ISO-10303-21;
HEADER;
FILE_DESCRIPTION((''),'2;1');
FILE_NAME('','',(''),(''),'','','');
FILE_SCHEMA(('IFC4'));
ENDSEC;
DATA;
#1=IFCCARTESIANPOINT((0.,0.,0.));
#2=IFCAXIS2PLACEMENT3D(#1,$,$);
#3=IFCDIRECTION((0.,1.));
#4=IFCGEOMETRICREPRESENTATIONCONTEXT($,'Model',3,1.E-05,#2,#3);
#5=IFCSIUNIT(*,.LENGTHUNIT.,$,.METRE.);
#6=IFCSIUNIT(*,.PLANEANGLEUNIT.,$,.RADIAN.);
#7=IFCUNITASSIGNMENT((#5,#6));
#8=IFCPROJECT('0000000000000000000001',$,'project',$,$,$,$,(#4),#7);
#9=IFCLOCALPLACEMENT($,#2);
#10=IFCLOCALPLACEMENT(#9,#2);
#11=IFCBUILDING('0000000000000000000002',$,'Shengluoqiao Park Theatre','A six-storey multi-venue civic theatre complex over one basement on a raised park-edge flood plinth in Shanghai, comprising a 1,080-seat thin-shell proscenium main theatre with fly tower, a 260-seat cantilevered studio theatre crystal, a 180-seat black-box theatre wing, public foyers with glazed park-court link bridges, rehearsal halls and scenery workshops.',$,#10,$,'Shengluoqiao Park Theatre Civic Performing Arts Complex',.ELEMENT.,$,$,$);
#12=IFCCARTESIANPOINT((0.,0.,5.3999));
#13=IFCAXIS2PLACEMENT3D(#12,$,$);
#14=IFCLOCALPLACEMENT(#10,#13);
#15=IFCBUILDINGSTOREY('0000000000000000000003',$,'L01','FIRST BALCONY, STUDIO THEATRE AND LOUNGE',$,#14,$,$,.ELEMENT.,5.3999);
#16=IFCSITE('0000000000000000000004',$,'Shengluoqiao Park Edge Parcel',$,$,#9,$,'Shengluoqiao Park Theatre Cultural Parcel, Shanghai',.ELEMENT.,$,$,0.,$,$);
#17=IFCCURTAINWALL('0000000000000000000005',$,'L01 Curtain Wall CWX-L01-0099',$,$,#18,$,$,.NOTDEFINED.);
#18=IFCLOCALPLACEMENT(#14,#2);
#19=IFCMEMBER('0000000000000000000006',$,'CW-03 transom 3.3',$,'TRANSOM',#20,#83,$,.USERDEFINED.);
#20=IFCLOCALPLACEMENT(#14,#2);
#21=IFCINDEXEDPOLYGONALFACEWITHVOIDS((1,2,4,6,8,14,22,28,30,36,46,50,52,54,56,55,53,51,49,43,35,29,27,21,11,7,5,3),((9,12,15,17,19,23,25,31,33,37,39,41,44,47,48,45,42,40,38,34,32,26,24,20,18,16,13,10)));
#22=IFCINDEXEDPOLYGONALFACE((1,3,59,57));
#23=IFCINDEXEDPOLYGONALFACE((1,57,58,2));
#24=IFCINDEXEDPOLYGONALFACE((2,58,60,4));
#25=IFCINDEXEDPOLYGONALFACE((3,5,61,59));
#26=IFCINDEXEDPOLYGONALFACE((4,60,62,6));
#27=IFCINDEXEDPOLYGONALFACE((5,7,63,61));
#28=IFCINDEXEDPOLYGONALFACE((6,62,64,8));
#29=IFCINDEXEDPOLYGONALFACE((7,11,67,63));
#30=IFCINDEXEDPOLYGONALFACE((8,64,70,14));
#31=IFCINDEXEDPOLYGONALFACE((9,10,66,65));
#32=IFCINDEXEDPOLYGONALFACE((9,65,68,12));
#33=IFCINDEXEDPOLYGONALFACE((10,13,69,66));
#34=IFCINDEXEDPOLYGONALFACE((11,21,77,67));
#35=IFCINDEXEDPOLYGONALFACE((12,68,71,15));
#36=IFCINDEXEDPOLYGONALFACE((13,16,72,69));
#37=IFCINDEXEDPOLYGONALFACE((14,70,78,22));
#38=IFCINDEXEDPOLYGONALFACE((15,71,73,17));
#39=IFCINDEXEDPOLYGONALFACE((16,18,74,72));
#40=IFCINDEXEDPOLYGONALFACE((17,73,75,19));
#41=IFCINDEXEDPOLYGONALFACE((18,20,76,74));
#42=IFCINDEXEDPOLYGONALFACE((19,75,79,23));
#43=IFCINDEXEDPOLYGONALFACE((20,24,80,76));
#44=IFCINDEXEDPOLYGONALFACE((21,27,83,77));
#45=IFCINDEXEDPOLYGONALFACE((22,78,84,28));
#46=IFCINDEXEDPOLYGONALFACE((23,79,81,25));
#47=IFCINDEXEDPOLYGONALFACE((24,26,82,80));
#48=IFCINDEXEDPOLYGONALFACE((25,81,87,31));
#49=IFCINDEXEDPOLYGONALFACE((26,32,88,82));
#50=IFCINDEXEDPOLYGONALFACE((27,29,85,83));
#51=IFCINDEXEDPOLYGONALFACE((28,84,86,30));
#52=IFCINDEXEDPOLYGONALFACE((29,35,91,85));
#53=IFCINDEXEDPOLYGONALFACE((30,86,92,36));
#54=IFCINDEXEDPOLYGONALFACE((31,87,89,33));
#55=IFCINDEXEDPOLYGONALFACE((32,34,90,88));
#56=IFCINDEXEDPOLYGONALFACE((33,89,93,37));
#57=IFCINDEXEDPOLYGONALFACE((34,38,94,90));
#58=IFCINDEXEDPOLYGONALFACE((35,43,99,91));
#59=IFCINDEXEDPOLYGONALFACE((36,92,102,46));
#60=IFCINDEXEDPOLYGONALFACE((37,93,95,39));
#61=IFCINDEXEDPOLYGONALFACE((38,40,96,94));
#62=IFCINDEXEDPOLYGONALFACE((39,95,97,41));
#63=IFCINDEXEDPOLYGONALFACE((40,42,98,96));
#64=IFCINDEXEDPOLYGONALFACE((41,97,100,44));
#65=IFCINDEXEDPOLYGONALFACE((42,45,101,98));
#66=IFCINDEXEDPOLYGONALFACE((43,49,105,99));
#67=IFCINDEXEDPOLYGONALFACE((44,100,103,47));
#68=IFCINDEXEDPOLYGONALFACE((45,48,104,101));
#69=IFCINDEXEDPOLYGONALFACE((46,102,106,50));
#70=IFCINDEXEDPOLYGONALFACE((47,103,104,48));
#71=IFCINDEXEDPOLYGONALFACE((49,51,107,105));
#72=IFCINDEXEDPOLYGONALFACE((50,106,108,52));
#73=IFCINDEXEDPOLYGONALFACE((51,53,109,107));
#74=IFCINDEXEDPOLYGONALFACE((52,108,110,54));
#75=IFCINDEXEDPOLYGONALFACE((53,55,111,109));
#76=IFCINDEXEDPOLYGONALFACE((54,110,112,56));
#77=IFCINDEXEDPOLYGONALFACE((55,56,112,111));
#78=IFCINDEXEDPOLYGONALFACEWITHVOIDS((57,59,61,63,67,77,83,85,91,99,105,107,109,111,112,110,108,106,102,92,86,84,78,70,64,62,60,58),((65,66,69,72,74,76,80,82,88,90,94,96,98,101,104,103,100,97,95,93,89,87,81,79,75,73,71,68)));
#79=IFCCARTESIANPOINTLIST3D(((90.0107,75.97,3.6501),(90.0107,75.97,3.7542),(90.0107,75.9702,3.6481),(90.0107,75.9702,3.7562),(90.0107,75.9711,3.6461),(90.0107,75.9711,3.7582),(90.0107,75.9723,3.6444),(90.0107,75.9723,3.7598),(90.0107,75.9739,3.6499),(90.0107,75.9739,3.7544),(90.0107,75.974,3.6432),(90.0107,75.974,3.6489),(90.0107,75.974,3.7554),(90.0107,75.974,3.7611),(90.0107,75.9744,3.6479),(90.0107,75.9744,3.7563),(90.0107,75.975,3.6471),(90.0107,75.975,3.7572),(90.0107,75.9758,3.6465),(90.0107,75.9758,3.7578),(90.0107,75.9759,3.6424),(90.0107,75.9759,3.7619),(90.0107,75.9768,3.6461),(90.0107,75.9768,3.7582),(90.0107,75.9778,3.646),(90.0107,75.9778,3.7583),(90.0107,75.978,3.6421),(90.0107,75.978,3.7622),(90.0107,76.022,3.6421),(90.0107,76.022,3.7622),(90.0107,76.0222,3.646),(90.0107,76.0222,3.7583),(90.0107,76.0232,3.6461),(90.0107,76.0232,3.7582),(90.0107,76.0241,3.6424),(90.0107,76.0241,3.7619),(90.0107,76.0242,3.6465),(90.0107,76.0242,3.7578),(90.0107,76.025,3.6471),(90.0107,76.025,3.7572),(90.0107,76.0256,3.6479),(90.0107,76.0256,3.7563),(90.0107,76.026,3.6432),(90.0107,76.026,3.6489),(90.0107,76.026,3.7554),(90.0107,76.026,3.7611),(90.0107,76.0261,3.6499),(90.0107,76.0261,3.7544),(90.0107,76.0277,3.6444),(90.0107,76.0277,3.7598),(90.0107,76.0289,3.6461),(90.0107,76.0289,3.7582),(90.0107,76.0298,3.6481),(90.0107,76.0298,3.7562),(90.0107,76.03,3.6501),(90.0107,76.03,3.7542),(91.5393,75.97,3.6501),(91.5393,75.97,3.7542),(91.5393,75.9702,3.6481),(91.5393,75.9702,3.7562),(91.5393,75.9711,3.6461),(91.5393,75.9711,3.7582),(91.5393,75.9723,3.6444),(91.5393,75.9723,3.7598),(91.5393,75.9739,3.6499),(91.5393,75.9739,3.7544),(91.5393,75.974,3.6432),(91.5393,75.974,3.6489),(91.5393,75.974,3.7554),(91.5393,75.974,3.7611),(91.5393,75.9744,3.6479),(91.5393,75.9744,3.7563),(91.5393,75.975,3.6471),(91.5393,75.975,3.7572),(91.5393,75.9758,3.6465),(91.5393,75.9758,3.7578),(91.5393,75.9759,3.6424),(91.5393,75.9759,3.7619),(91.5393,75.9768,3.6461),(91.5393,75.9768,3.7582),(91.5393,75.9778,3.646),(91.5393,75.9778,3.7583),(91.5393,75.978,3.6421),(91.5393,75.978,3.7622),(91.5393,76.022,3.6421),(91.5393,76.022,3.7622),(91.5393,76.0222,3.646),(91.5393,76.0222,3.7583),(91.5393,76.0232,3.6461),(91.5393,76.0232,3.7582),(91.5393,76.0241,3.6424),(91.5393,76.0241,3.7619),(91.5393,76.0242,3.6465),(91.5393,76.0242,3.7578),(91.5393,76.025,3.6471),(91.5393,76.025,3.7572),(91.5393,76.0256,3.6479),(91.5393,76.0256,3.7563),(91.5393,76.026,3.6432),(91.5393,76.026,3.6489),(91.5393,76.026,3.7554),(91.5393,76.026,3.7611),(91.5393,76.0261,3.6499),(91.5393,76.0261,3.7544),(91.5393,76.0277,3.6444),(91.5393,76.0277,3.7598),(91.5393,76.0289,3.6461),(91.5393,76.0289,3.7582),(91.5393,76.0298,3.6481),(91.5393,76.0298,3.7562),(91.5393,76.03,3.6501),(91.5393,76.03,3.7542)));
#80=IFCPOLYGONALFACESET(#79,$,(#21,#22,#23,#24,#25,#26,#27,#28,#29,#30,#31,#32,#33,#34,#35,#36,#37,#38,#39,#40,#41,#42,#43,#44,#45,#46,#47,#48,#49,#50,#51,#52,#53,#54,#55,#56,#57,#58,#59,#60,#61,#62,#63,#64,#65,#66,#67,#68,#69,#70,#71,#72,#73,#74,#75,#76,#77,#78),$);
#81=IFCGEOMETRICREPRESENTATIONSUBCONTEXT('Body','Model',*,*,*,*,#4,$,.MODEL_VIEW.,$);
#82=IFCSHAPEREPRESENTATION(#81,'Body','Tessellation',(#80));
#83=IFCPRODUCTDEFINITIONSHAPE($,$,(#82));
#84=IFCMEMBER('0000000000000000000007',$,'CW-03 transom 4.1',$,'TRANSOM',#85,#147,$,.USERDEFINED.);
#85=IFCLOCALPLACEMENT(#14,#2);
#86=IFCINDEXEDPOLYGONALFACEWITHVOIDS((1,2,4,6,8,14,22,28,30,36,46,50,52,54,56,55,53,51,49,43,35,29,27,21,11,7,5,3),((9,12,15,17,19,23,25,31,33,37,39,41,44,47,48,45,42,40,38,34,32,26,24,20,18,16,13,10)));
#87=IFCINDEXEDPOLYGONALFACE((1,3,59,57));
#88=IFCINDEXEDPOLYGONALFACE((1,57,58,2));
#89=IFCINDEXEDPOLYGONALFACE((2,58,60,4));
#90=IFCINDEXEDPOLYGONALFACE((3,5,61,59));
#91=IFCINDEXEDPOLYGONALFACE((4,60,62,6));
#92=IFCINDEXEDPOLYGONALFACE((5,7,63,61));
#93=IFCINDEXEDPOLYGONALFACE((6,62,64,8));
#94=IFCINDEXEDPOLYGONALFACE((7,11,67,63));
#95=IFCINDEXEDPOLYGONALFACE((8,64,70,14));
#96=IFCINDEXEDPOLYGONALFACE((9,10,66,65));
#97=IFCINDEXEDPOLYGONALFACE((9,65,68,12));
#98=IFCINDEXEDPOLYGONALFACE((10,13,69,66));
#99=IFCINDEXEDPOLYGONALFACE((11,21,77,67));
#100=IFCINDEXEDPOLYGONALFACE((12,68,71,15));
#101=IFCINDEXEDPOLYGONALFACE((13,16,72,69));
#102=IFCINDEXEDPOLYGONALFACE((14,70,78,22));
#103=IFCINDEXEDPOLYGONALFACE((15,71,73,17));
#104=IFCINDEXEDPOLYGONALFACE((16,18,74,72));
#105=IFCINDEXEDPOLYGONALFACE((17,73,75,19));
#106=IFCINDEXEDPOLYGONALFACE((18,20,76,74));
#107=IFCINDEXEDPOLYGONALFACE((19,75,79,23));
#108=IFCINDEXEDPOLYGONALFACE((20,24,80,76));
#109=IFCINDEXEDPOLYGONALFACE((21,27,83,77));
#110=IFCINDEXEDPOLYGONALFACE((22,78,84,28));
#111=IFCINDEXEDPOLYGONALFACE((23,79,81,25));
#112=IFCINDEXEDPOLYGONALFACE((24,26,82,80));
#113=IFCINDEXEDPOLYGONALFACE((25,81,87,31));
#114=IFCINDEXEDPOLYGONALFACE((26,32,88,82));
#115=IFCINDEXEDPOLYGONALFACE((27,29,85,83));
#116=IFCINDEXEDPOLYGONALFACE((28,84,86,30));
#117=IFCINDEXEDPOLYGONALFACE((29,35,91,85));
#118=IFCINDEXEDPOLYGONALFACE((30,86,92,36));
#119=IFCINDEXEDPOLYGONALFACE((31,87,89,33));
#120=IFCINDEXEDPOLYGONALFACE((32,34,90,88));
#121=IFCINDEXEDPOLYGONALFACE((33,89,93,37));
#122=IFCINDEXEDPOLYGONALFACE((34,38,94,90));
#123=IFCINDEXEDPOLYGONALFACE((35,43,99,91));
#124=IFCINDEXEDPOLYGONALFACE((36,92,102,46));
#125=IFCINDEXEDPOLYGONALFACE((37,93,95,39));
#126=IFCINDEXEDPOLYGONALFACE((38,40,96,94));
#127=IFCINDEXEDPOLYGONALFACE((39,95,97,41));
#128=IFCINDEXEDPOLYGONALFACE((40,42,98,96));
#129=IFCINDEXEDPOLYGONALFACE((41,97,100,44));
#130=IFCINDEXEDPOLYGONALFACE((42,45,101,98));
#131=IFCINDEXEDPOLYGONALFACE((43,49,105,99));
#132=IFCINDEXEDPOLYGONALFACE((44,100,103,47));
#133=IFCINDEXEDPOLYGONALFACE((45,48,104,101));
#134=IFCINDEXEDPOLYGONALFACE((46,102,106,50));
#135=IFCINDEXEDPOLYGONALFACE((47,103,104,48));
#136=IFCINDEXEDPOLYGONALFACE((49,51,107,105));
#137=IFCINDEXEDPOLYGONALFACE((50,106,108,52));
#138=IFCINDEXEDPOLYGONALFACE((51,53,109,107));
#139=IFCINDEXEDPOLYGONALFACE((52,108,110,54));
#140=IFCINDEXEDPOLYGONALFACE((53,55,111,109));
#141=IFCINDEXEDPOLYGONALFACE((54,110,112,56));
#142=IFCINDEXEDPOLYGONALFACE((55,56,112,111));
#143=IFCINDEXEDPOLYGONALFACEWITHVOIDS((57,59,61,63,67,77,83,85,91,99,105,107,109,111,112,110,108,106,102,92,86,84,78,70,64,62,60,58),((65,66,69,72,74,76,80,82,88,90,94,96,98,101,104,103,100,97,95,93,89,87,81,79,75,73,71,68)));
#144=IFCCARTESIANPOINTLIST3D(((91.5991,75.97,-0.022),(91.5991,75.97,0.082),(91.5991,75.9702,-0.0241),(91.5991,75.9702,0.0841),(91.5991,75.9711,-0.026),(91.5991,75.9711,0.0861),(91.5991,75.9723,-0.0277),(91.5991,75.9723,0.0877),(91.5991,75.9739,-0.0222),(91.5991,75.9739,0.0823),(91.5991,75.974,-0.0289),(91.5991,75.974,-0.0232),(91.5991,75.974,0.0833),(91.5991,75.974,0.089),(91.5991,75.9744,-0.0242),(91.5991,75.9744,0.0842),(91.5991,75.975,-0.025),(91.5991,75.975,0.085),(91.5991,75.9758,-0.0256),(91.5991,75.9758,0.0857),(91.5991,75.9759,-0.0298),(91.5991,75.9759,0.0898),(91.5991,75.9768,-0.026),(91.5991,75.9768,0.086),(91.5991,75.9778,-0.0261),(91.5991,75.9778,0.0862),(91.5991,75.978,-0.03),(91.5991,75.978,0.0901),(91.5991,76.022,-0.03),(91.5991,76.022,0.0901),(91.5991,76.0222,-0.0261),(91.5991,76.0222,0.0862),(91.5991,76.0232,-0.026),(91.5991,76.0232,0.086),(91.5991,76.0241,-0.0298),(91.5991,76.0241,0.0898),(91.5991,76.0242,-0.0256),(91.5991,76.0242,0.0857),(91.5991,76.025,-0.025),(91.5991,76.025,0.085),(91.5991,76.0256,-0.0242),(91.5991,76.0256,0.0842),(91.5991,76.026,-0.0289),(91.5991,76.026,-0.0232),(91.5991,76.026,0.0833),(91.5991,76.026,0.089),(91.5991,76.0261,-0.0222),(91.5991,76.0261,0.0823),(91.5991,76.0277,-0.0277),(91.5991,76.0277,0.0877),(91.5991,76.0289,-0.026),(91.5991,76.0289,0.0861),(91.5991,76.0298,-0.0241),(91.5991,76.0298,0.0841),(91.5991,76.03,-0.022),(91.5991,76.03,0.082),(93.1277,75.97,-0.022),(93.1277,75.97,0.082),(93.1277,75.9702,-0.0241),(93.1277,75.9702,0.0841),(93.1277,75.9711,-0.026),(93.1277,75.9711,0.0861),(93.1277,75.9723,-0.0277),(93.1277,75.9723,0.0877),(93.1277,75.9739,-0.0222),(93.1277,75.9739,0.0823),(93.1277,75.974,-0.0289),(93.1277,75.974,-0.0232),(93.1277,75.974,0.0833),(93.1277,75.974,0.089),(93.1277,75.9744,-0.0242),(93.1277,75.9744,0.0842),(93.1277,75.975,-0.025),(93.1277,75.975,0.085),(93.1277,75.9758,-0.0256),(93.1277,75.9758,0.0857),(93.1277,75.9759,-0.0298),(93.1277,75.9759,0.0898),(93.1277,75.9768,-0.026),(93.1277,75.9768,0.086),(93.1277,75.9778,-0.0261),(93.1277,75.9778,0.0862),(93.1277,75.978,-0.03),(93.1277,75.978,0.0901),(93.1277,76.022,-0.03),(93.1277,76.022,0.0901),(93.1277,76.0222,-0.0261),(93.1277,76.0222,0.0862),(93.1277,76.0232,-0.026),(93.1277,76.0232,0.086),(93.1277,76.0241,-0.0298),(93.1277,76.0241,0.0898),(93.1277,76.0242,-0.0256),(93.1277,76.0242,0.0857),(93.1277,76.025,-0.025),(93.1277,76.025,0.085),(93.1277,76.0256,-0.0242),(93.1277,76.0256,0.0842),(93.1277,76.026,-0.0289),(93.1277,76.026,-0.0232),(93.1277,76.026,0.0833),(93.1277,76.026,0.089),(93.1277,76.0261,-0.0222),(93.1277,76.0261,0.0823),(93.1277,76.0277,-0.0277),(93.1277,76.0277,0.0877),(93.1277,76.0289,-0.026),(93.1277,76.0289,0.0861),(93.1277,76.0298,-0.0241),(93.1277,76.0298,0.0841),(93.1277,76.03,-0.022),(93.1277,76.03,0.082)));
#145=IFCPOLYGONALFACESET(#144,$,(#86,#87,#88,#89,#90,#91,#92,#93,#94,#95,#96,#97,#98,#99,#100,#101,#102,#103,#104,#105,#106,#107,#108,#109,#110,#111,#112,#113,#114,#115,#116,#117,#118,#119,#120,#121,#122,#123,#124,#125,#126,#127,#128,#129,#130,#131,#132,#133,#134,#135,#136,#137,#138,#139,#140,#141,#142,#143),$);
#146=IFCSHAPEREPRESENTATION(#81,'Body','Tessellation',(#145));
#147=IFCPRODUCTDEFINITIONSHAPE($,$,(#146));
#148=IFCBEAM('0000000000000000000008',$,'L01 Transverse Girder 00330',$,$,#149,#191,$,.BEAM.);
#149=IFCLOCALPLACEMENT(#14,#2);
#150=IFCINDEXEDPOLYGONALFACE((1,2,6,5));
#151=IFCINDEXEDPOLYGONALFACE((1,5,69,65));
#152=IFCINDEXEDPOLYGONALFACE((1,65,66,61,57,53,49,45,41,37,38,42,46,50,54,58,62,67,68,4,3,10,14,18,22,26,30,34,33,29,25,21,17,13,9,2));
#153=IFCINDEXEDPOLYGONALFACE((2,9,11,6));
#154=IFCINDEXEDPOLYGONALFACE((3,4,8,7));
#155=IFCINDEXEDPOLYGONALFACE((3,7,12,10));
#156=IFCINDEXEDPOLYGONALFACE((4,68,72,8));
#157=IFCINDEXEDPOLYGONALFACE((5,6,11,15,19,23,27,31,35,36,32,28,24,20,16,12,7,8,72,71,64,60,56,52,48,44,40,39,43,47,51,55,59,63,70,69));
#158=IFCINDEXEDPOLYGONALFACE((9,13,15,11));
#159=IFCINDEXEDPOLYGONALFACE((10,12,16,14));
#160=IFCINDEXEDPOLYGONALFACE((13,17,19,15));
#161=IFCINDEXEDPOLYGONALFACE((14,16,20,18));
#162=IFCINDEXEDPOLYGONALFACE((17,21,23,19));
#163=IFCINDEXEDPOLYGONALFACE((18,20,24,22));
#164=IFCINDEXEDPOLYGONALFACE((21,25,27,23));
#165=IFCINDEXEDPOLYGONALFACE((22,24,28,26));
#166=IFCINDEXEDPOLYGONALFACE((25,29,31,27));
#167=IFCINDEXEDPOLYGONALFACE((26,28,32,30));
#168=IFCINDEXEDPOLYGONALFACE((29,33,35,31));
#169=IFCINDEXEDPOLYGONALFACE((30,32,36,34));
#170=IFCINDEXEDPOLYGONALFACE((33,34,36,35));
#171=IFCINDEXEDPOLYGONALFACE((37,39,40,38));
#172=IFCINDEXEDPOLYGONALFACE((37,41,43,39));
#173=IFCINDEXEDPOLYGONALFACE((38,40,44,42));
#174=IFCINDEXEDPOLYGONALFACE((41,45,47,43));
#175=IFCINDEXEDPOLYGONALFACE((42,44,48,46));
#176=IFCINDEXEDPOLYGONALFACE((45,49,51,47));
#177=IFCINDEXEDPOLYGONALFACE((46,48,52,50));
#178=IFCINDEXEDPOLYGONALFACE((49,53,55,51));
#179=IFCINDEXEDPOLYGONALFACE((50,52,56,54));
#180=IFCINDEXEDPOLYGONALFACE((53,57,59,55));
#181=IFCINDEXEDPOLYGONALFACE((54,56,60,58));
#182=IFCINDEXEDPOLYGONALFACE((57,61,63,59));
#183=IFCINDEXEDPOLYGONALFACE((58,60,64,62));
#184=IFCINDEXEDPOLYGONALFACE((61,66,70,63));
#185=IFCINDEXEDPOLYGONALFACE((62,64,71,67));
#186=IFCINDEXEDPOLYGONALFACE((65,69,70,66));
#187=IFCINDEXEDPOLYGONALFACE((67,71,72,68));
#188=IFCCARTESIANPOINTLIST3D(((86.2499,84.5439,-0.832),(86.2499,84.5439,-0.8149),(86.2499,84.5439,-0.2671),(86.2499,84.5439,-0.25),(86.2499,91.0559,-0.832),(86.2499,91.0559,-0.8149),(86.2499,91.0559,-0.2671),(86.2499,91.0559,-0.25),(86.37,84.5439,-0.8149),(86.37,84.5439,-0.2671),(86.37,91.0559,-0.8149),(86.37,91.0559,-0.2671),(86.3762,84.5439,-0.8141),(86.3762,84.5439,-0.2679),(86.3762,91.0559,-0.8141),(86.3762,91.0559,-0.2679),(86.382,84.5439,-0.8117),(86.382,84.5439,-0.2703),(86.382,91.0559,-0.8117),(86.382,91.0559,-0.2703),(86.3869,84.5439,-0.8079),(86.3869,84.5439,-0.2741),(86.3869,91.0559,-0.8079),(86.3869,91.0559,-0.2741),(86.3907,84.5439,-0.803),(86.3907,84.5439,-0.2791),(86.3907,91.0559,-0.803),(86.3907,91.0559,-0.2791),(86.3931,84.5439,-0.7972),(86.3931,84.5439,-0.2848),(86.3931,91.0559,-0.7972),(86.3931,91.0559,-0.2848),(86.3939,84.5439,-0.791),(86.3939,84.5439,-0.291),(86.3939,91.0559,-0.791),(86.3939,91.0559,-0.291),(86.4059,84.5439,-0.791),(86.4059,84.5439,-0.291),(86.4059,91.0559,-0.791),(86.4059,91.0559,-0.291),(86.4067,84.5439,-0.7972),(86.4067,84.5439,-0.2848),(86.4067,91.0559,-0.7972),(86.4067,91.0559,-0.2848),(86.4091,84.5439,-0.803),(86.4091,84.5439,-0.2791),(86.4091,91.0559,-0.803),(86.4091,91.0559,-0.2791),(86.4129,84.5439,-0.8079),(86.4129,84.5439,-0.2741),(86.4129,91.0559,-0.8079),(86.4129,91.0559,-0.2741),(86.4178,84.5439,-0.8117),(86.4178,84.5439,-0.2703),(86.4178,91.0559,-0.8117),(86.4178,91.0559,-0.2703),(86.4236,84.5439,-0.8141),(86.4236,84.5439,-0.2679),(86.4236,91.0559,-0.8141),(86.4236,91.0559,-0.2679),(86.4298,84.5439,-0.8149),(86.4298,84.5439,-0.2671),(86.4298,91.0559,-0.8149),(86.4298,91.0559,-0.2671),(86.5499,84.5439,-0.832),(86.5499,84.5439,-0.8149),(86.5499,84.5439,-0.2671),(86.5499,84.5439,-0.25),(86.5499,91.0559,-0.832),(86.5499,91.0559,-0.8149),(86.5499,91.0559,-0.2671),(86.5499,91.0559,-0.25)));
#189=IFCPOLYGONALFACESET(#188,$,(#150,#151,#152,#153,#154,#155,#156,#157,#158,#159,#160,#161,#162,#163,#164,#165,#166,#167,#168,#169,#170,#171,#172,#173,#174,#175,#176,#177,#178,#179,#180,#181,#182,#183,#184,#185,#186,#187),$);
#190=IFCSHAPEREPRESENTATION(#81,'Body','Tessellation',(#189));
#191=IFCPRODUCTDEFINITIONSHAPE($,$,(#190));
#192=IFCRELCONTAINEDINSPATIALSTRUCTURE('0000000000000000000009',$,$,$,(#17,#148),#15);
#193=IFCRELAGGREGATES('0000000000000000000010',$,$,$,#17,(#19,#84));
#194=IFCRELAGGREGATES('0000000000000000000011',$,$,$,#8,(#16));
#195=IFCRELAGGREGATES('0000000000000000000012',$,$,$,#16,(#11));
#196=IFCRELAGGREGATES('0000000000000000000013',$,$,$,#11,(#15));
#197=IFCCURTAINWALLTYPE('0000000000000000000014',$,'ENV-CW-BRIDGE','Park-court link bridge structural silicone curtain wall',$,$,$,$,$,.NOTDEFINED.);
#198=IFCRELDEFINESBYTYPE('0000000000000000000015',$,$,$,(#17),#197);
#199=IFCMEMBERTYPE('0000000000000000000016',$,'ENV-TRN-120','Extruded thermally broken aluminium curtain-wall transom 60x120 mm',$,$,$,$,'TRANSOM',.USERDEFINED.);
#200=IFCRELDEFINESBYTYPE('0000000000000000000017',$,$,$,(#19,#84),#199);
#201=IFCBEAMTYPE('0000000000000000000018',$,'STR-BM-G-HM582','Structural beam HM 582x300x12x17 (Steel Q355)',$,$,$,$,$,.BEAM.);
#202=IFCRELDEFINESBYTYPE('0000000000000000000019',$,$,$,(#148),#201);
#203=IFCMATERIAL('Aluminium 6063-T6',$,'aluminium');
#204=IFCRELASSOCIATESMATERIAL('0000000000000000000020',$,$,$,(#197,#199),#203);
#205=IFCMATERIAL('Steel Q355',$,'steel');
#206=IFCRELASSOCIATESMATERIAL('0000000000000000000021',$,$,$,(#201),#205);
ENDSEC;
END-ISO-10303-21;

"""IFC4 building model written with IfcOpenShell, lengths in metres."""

from ifc_helpers import new_model, si_unit, direction, frame, origin, origin_2d, place, context, subcontext, project, spatial, hollow_rectangle, i_section, extrude, material, material_profile, profile_set, type_object, element, aggregate, save


model = new_model("IFC4")

# Units and contexts
model_context = context("Model", 3, precision=1e-05, world=origin(), true_north=direction((0.0, 1.0)))
body_context = subcontext(model_context, "Body", "Model", "MODEL_VIEW")
ifc_project = project(units=[si_unit("LENGTHUNIT", "METRE"), si_unit("PLANEANGLEUNIT", "RADIAN")], contexts=[model_context])

# Site, building, storey
site_placement = place(None, origin())
site = spatial("IfcSite", under=ifc_project, at=site_placement, Name="Shengluoqiao Park Edge Parcel", LongName="Shengluoqiao Park Theatre Cultural Parcel, Shanghai", CompositionType="ELEMENT", RefElevation=0.0)
building_placement = place(site_placement, origin())
building = spatial("IfcBuilding", under=site, at=building_placement, Name="Shengluoqiao Park Theatre", Description="A six-storey multi-venue civic theatre complex over one basement on a raised park-edge flood plinth in Shanghai, comprising a 1,080-seat thin-shell proscenium main theatre with fly tower, a 260-seat cantilevered studio theatre crystal, a 180-seat black-box theatre wing, public foyers with glazed park-court link bridges, rehearsal halls and scenery workshops.", LongName="Shengluoqiao Park Theatre Civic Performing Arts Complex", CompositionType="ELEMENT")
storey_placement = place(building_placement, frame((0.0, 0.0, 5.3999)))
storey = spatial("IfcBuildingStorey", under=building, at=storey_placement, Name="L01", Description="FIRST BALCONY, STUDIO THEATRE AND LOUNGE", CompositionType="ELEMENT", Elevation=5.3999)

# Curtain wall, members
ifc_material_1 = material(Name="Aluminium 6063-T6", Category="aluminium")
curtain_wall_type = type_object("IfcCurtainWallType", Name="ENV-CW-BRIDGE", Description="Park-court link bridge structural silicone curtain wall", PredefinedType="NOTDEFINED", material=ifc_material_1)
curtain_wall_placement = place(storey_placement, origin())
curtain_wall = element("IfcCurtainWall", 1, at=curtain_wall_placement, inside=storey, type_object=curtain_wall_type, Name="L01 Curtain Wall CWX-L01-0099", PredefinedType="NOTDEFINED")
ifc_material_profile_1 = material_profile(ifc_material_1, hollow_rectangle(XDim=0.0601, YDim=0.1201, WallThickness=0.0039, InnerFilletRadius=0.0039, OuterFilletRadius=0.0081, at=origin_2d()), Name="ALU TRANSOM 120x60x4")
ifc_profile_set_1 = profile_set([ifc_material_profile_1], Name="Aluminium 6063-T6")
member_type_1 = type_object("IfcMemberType", Name="ENV-TRN-120", Description="Extruded thermally broken aluminium curtain-wall transom 60x120 mm", ElementType="TRANSOM", PredefinedType="USERDEFINED", material=ifc_profile_set_1)
member_1_placement = place(storey_placement, frame((90.0107, 76.0, 3.7021), z_axis=(1.0, 0.0, 0.0), x_axis=(0.0, 1.0, 0.0)))
member_1 = element("IfcMember", 2, at=member_1_placement, type_object=member_type_1, Name="CW-03 transom 3.3", ObjectType="TRANSOM", PredefinedType="USERDEFINED", context=body_context, shape_type="SweptSolid", body=[
    extrude(hollow_rectangle(XDim=0.0601, YDim=0.1201, WallThickness=0.0039, InnerFilletRadius=0.0039, OuterFilletRadius=0.0081, at=origin_2d()), origin(), (0.0, 0.0, 1.0), 1.5286),
])
member_2_placement = place(storey_placement, frame((91.5991, 76.0, 0.03), z_axis=(1.0, 0.0, 0.0), x_axis=(0.0, 1.0, 0.0)))
member_2 = element("IfcMember", 3, at=member_2_placement, type_object=member_type_1, Name="CW-03 transom 4.1", ObjectType="TRANSOM", PredefinedType="USERDEFINED", context=body_context, shape_type="SweptSolid", body=[
    extrude(hollow_rectangle(XDim=0.0601, YDim=0.1201, WallThickness=0.0039, InnerFilletRadius=0.0039, OuterFilletRadius=0.0081, at=origin_2d()), origin(), (0.0, 0.0, 1.0), 1.5286),
])

# Beam
ifc_material_2 = material(Name="Steel Q355", Category="steel")
ifc_material_profile_2 = material_profile(ifc_material_2, i_section(OverallWidth=0.3, OverallDepth=0.582, WebThickness=0.012, FlangeThickness=0.0171, FilletRadius=0.0239, at=origin_2d()), Name="HM 582x300x12x17")
ifc_profile_set_2 = profile_set([ifc_material_profile_2], Name="Steel Q355")
beam_type_1 = type_object("IfcBeamType", Name="STR-BM-G-HM582", Description="Structural beam HM 582x300x12x17 (Steel Q355)", PredefinedType="BEAM", material=ifc_profile_set_2)
beam_1_placement = place(storey_placement, frame((86.3999, 84.5439, -0.541), z_axis=(0.0, 1.0, 0.0), x_axis=(-1.0, 0.0, 0.0)))
element("IfcBeam", 4, at=beam_1_placement, inside=storey, type_object=beam_type_1, Name="L01 Transverse Girder 00330", PredefinedType="BEAM", context=body_context, shape_type="SweptSolid", body=[
    extrude(i_section(OverallWidth=0.3, OverallDepth=0.582, WebThickness=0.012, FlangeThickness=0.0171, FilletRadius=0.0239, at=origin_2d()), origin(), (0.0, 0.0, 1.0), 6.512),
])

aggregate(curtain_wall, [member_1, member_2])

save(model, "model.ifc")
